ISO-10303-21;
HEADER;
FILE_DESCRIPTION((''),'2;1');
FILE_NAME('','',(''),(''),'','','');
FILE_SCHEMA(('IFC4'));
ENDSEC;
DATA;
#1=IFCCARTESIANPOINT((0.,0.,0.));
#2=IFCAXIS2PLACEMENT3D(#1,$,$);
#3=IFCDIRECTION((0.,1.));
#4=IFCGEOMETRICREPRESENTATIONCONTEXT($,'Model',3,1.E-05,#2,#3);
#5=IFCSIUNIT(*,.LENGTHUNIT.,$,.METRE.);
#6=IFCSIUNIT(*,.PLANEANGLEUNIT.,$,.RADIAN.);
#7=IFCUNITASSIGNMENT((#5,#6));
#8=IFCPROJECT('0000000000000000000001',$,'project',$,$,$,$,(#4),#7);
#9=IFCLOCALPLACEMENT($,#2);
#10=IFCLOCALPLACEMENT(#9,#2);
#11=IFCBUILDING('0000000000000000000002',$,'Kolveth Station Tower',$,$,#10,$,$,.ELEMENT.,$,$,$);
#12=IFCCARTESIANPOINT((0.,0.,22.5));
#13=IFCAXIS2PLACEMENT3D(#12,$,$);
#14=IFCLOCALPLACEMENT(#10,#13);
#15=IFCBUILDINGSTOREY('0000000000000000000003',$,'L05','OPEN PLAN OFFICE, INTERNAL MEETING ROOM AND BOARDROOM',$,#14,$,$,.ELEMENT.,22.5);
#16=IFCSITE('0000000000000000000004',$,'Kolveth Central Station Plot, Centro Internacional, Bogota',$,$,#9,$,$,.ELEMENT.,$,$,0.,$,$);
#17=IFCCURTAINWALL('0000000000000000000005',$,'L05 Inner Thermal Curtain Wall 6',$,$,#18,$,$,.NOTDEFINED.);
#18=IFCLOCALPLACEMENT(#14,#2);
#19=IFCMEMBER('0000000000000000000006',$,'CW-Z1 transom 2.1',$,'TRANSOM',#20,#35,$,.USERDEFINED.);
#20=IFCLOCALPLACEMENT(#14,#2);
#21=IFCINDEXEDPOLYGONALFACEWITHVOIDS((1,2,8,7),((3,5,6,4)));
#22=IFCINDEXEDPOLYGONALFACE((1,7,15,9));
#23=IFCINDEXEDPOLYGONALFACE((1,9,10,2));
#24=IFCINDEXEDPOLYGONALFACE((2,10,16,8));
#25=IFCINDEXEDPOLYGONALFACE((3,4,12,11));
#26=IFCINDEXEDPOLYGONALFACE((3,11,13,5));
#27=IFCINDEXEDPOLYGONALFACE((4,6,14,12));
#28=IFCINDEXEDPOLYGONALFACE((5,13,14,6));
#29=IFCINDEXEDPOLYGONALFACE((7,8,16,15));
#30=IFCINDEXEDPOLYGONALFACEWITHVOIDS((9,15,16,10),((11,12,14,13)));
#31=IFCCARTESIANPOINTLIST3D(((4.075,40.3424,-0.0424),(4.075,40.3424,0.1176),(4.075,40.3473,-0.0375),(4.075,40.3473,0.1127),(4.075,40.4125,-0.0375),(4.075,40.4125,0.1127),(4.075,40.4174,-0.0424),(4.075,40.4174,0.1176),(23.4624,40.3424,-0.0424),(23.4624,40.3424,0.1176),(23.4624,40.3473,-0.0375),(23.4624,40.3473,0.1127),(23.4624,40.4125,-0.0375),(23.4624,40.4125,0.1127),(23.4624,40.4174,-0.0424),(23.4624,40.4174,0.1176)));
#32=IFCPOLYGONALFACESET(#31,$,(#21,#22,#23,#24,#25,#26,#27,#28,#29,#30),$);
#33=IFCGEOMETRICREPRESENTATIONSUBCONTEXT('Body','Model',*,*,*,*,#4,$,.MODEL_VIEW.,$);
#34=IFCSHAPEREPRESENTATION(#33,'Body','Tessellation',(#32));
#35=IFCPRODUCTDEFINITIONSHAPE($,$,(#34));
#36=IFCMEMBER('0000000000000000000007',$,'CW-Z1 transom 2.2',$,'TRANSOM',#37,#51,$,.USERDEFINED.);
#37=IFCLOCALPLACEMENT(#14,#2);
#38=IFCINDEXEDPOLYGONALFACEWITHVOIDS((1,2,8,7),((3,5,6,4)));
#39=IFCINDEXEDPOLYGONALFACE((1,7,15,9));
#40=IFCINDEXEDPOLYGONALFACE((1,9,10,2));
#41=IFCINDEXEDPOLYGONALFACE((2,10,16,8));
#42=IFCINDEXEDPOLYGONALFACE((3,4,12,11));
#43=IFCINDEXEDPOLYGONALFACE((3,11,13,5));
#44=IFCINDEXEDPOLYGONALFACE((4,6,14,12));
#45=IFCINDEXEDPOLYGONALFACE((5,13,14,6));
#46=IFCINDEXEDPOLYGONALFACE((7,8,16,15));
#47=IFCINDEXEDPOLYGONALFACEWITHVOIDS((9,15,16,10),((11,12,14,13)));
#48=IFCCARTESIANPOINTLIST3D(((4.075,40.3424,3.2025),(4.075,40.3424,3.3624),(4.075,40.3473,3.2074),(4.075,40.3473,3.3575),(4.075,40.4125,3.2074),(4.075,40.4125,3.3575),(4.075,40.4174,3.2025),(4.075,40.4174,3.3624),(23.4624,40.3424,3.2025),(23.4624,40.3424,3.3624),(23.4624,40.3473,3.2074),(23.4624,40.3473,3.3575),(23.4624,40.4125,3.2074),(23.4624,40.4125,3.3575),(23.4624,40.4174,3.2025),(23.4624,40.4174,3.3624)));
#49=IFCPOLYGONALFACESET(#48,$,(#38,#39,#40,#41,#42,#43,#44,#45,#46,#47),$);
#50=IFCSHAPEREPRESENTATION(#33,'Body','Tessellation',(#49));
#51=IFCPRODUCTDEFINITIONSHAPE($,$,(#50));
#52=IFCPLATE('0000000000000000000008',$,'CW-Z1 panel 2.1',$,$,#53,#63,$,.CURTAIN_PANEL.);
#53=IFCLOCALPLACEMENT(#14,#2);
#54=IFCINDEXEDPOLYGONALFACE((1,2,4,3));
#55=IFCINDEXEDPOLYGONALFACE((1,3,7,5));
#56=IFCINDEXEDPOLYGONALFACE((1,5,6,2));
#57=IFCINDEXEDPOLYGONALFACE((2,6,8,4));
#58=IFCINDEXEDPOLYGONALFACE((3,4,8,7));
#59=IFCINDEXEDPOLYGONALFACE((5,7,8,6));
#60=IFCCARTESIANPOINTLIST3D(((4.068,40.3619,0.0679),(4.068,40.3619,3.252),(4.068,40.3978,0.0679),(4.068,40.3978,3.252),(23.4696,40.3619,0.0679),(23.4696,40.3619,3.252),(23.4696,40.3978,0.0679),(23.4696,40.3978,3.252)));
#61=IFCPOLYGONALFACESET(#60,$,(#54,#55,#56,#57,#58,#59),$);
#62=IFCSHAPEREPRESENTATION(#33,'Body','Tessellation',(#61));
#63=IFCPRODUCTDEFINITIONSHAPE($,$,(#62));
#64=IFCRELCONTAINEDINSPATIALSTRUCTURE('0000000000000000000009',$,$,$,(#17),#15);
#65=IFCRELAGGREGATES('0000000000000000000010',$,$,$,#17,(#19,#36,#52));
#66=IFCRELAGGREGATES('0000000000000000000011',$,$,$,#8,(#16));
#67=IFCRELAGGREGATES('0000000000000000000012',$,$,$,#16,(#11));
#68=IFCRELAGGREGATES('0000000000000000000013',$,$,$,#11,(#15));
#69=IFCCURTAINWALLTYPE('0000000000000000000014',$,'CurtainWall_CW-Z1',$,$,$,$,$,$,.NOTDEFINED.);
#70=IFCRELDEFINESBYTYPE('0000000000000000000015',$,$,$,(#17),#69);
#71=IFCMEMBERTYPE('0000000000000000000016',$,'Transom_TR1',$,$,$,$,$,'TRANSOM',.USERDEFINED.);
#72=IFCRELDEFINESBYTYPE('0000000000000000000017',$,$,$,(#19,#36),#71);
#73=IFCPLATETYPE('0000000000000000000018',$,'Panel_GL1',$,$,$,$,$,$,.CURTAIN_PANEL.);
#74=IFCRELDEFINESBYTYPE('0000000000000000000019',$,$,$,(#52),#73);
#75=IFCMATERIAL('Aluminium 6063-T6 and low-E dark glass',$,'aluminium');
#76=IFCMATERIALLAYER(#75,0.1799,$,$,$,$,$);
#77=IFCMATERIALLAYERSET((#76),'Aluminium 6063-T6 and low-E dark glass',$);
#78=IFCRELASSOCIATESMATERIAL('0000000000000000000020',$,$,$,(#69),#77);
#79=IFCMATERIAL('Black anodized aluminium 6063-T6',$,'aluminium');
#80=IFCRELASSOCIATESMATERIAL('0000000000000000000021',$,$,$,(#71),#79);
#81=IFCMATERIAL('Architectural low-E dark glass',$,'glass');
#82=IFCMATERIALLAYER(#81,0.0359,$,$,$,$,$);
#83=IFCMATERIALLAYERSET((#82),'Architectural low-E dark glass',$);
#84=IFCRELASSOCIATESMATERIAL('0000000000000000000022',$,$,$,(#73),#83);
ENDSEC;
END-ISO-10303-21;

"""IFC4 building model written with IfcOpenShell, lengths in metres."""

from ifc_helpers import new_model, si_unit, direction, frame, origin, origin_2d, place, context, subcontext, project, spatial, rectangle, hollow_rectangle, extrude, source, transform, mapped, material, layer, layer_set, material_profile, profile_set, type_object, element, aggregate, save


model = new_model("IFC4")

# Units and contexts
model_context = context("Model", 3, precision=1e-05, world=origin(), true_north=direction((0.0, 1.0)))
body_context = subcontext(model_context, "Body", "Model", "MODEL_VIEW")
ifc_project = project(units=[si_unit("LENGTHUNIT", "METRE"), si_unit("PLANEANGLEUNIT", "RADIAN")], contexts=[model_context])

# Site, building, storey
site_placement = place(None, origin())
site = spatial("IfcSite", under=ifc_project, at=site_placement, Name="Kolveth Central Station Plot, Centro Internacional, Bogota", CompositionType="ELEMENT", RefElevation=0.0)
building_placement = place(site_placement, origin())
building = spatial("IfcBuilding", under=site, at=building_placement, Name="Kolveth Station Tower", CompositionType="ELEMENT")
storey_placement = place(building_placement, frame((0.0, 0.0, 22.5)))
storey = spatial("IfcBuildingStorey", under=building, at=storey_placement, Name="L05", Description="OPEN PLAN OFFICE, INTERNAL MEETING ROOM AND BOARDROOM", CompositionType="ELEMENT", Elevation=22.5)

# Curtain wall, members, plate
ifc_material_1 = material(Name="Aluminium 6063-T6 and low-E dark glass", Category="aluminium")
ifc_layer_1 = layer(ifc_material_1, 0.1799)
ifc_layer_set_1 = layer_set([ifc_layer_1], Name="Aluminium 6063-T6 and low-E dark glass")
curtain_wall_type = type_object("IfcCurtainWallType", Name="CurtainWall_CW-Z1", PredefinedType="NOTDEFINED", material=ifc_layer_set_1)
curtain_wall_placement = place(storey_placement, origin())
curtain_wall = element("IfcCurtainWall", 1, at=curtain_wall_placement, inside=storey, type_object=curtain_wall_type, Name="L05 Inner Thermal Curtain Wall 6", PredefinedType="NOTDEFINED")
ifc_material_2 = material(Name="Black anodized aluminium 6063-T6", Category="aluminium")
ifc_material_profile_1 = material_profile(ifc_material_2, hollow_rectangle(XDim=0.075, YDim=0.1599, WallThickness=0.0049, at=origin_2d()), Name="ALU-75x160x5")
ifc_profile_set_1 = profile_set([ifc_material_profile_1], Name="Black anodized aluminium 6063-T6")
member_type_1 = type_object("IfcMemberType", Name="Transom_TR1", ElementType="TRANSOM", PredefinedType="USERDEFINED", material=ifc_profile_set_1)
shared_shape_1 = source(origin(), body_context, "Body", "SweptSolid", [
    extrude(hollow_rectangle(XDim=0.075, YDim=0.1599, WallThickness=0.0049, at=origin_2d()), origin(), (0.0, 0.0, 1.0), 19.3875),
])
member_1_placement = place(storey_placement, frame((23.4624, 40.3799, 0.0376), z_axis=(-1.0, 0.0, 0.0), x_axis=(0.0, -1.0, 0.0)))
member_1 = element("IfcMember", 2, at=member_1_placement, type_object=member_type_1, Name="CW-Z1 transom 2.1", ObjectType="TRANSOM", PredefinedType="USERDEFINED", context=body_context, shape_type="MappedRepresentation", body=[
    mapped(shared_shape_1, transform((0.0, 0.0, 0.0), x_axis=(1.0, 0.0, 0.0), y_axis=(0.0, 1.0, 0.0), z_axis=(0.0, 0.0, 1.0), scale=1.0)),
])
member_2_placement = place(storey_placement, frame((23.4624, 40.3799, 3.2825), z_axis=(-1.0, 0.0, 0.0), x_axis=(0.0, -1.0, 0.0)))
member_2 = element("IfcMember", 3, at=member_2_placement, type_object=member_type_1, Name="CW-Z1 transom 2.2", ObjectType="TRANSOM", PredefinedType="USERDEFINED", context=body_context, shape_type="MappedRepresentation", body=[
    mapped(shared_shape_1, transform((0.0, 0.0, 0.0), x_axis=(1.0, 0.0, 0.0), y_axis=(0.0, 1.0, 0.0), z_axis=(0.0, 0.0, 1.0), scale=1.0)),
])
ifc_material_3 = material(Name="Architectural low-E dark glass", Category="glass")
ifc_layer_2 = layer(ifc_material_3, 0.0359)
ifc_layer_set_2 = layer_set([ifc_layer_2], Name="Architectural low-E dark glass")
plate_type = type_object("IfcPlateType", Name="Panel_GL1", PredefinedType="CURTAIN_PANEL", material=ifc_layer_set_2)
shared_shape_2 = source(origin(), body_context, "Body", "SweptSolid", [
    extrude(rectangle(XDim=19.4016, YDim=0.0359, at=origin_2d()), origin(), (0.0, 0.0, 1.0), 3.1841),
])
plate_placement = place(storey_placement, frame((13.7688, 40.3799, 0.0679), z_axis=(0.0, 0.0, 1.0), x_axis=(-1.0, 0.0, 0.0)))
plate = element("IfcPlate", 4, at=plate_placement, type_object=plate_type, Name="CW-Z1 panel 2.1", PredefinedType="CURTAIN_PANEL", context=body_context, shape_type="MappedRepresentation", body=[
    mapped(shared_shape_2, transform((0.0, 0.0, 0.0), x_axis=(1.0, 0.0, 0.0), y_axis=(0.0, 1.0, 0.0), z_axis=(0.0, 0.0, 1.0), scale=1.0)),
])
aggregate(curtain_wall, [member_1, member_2, plate])

save(model, "model.ifc")
